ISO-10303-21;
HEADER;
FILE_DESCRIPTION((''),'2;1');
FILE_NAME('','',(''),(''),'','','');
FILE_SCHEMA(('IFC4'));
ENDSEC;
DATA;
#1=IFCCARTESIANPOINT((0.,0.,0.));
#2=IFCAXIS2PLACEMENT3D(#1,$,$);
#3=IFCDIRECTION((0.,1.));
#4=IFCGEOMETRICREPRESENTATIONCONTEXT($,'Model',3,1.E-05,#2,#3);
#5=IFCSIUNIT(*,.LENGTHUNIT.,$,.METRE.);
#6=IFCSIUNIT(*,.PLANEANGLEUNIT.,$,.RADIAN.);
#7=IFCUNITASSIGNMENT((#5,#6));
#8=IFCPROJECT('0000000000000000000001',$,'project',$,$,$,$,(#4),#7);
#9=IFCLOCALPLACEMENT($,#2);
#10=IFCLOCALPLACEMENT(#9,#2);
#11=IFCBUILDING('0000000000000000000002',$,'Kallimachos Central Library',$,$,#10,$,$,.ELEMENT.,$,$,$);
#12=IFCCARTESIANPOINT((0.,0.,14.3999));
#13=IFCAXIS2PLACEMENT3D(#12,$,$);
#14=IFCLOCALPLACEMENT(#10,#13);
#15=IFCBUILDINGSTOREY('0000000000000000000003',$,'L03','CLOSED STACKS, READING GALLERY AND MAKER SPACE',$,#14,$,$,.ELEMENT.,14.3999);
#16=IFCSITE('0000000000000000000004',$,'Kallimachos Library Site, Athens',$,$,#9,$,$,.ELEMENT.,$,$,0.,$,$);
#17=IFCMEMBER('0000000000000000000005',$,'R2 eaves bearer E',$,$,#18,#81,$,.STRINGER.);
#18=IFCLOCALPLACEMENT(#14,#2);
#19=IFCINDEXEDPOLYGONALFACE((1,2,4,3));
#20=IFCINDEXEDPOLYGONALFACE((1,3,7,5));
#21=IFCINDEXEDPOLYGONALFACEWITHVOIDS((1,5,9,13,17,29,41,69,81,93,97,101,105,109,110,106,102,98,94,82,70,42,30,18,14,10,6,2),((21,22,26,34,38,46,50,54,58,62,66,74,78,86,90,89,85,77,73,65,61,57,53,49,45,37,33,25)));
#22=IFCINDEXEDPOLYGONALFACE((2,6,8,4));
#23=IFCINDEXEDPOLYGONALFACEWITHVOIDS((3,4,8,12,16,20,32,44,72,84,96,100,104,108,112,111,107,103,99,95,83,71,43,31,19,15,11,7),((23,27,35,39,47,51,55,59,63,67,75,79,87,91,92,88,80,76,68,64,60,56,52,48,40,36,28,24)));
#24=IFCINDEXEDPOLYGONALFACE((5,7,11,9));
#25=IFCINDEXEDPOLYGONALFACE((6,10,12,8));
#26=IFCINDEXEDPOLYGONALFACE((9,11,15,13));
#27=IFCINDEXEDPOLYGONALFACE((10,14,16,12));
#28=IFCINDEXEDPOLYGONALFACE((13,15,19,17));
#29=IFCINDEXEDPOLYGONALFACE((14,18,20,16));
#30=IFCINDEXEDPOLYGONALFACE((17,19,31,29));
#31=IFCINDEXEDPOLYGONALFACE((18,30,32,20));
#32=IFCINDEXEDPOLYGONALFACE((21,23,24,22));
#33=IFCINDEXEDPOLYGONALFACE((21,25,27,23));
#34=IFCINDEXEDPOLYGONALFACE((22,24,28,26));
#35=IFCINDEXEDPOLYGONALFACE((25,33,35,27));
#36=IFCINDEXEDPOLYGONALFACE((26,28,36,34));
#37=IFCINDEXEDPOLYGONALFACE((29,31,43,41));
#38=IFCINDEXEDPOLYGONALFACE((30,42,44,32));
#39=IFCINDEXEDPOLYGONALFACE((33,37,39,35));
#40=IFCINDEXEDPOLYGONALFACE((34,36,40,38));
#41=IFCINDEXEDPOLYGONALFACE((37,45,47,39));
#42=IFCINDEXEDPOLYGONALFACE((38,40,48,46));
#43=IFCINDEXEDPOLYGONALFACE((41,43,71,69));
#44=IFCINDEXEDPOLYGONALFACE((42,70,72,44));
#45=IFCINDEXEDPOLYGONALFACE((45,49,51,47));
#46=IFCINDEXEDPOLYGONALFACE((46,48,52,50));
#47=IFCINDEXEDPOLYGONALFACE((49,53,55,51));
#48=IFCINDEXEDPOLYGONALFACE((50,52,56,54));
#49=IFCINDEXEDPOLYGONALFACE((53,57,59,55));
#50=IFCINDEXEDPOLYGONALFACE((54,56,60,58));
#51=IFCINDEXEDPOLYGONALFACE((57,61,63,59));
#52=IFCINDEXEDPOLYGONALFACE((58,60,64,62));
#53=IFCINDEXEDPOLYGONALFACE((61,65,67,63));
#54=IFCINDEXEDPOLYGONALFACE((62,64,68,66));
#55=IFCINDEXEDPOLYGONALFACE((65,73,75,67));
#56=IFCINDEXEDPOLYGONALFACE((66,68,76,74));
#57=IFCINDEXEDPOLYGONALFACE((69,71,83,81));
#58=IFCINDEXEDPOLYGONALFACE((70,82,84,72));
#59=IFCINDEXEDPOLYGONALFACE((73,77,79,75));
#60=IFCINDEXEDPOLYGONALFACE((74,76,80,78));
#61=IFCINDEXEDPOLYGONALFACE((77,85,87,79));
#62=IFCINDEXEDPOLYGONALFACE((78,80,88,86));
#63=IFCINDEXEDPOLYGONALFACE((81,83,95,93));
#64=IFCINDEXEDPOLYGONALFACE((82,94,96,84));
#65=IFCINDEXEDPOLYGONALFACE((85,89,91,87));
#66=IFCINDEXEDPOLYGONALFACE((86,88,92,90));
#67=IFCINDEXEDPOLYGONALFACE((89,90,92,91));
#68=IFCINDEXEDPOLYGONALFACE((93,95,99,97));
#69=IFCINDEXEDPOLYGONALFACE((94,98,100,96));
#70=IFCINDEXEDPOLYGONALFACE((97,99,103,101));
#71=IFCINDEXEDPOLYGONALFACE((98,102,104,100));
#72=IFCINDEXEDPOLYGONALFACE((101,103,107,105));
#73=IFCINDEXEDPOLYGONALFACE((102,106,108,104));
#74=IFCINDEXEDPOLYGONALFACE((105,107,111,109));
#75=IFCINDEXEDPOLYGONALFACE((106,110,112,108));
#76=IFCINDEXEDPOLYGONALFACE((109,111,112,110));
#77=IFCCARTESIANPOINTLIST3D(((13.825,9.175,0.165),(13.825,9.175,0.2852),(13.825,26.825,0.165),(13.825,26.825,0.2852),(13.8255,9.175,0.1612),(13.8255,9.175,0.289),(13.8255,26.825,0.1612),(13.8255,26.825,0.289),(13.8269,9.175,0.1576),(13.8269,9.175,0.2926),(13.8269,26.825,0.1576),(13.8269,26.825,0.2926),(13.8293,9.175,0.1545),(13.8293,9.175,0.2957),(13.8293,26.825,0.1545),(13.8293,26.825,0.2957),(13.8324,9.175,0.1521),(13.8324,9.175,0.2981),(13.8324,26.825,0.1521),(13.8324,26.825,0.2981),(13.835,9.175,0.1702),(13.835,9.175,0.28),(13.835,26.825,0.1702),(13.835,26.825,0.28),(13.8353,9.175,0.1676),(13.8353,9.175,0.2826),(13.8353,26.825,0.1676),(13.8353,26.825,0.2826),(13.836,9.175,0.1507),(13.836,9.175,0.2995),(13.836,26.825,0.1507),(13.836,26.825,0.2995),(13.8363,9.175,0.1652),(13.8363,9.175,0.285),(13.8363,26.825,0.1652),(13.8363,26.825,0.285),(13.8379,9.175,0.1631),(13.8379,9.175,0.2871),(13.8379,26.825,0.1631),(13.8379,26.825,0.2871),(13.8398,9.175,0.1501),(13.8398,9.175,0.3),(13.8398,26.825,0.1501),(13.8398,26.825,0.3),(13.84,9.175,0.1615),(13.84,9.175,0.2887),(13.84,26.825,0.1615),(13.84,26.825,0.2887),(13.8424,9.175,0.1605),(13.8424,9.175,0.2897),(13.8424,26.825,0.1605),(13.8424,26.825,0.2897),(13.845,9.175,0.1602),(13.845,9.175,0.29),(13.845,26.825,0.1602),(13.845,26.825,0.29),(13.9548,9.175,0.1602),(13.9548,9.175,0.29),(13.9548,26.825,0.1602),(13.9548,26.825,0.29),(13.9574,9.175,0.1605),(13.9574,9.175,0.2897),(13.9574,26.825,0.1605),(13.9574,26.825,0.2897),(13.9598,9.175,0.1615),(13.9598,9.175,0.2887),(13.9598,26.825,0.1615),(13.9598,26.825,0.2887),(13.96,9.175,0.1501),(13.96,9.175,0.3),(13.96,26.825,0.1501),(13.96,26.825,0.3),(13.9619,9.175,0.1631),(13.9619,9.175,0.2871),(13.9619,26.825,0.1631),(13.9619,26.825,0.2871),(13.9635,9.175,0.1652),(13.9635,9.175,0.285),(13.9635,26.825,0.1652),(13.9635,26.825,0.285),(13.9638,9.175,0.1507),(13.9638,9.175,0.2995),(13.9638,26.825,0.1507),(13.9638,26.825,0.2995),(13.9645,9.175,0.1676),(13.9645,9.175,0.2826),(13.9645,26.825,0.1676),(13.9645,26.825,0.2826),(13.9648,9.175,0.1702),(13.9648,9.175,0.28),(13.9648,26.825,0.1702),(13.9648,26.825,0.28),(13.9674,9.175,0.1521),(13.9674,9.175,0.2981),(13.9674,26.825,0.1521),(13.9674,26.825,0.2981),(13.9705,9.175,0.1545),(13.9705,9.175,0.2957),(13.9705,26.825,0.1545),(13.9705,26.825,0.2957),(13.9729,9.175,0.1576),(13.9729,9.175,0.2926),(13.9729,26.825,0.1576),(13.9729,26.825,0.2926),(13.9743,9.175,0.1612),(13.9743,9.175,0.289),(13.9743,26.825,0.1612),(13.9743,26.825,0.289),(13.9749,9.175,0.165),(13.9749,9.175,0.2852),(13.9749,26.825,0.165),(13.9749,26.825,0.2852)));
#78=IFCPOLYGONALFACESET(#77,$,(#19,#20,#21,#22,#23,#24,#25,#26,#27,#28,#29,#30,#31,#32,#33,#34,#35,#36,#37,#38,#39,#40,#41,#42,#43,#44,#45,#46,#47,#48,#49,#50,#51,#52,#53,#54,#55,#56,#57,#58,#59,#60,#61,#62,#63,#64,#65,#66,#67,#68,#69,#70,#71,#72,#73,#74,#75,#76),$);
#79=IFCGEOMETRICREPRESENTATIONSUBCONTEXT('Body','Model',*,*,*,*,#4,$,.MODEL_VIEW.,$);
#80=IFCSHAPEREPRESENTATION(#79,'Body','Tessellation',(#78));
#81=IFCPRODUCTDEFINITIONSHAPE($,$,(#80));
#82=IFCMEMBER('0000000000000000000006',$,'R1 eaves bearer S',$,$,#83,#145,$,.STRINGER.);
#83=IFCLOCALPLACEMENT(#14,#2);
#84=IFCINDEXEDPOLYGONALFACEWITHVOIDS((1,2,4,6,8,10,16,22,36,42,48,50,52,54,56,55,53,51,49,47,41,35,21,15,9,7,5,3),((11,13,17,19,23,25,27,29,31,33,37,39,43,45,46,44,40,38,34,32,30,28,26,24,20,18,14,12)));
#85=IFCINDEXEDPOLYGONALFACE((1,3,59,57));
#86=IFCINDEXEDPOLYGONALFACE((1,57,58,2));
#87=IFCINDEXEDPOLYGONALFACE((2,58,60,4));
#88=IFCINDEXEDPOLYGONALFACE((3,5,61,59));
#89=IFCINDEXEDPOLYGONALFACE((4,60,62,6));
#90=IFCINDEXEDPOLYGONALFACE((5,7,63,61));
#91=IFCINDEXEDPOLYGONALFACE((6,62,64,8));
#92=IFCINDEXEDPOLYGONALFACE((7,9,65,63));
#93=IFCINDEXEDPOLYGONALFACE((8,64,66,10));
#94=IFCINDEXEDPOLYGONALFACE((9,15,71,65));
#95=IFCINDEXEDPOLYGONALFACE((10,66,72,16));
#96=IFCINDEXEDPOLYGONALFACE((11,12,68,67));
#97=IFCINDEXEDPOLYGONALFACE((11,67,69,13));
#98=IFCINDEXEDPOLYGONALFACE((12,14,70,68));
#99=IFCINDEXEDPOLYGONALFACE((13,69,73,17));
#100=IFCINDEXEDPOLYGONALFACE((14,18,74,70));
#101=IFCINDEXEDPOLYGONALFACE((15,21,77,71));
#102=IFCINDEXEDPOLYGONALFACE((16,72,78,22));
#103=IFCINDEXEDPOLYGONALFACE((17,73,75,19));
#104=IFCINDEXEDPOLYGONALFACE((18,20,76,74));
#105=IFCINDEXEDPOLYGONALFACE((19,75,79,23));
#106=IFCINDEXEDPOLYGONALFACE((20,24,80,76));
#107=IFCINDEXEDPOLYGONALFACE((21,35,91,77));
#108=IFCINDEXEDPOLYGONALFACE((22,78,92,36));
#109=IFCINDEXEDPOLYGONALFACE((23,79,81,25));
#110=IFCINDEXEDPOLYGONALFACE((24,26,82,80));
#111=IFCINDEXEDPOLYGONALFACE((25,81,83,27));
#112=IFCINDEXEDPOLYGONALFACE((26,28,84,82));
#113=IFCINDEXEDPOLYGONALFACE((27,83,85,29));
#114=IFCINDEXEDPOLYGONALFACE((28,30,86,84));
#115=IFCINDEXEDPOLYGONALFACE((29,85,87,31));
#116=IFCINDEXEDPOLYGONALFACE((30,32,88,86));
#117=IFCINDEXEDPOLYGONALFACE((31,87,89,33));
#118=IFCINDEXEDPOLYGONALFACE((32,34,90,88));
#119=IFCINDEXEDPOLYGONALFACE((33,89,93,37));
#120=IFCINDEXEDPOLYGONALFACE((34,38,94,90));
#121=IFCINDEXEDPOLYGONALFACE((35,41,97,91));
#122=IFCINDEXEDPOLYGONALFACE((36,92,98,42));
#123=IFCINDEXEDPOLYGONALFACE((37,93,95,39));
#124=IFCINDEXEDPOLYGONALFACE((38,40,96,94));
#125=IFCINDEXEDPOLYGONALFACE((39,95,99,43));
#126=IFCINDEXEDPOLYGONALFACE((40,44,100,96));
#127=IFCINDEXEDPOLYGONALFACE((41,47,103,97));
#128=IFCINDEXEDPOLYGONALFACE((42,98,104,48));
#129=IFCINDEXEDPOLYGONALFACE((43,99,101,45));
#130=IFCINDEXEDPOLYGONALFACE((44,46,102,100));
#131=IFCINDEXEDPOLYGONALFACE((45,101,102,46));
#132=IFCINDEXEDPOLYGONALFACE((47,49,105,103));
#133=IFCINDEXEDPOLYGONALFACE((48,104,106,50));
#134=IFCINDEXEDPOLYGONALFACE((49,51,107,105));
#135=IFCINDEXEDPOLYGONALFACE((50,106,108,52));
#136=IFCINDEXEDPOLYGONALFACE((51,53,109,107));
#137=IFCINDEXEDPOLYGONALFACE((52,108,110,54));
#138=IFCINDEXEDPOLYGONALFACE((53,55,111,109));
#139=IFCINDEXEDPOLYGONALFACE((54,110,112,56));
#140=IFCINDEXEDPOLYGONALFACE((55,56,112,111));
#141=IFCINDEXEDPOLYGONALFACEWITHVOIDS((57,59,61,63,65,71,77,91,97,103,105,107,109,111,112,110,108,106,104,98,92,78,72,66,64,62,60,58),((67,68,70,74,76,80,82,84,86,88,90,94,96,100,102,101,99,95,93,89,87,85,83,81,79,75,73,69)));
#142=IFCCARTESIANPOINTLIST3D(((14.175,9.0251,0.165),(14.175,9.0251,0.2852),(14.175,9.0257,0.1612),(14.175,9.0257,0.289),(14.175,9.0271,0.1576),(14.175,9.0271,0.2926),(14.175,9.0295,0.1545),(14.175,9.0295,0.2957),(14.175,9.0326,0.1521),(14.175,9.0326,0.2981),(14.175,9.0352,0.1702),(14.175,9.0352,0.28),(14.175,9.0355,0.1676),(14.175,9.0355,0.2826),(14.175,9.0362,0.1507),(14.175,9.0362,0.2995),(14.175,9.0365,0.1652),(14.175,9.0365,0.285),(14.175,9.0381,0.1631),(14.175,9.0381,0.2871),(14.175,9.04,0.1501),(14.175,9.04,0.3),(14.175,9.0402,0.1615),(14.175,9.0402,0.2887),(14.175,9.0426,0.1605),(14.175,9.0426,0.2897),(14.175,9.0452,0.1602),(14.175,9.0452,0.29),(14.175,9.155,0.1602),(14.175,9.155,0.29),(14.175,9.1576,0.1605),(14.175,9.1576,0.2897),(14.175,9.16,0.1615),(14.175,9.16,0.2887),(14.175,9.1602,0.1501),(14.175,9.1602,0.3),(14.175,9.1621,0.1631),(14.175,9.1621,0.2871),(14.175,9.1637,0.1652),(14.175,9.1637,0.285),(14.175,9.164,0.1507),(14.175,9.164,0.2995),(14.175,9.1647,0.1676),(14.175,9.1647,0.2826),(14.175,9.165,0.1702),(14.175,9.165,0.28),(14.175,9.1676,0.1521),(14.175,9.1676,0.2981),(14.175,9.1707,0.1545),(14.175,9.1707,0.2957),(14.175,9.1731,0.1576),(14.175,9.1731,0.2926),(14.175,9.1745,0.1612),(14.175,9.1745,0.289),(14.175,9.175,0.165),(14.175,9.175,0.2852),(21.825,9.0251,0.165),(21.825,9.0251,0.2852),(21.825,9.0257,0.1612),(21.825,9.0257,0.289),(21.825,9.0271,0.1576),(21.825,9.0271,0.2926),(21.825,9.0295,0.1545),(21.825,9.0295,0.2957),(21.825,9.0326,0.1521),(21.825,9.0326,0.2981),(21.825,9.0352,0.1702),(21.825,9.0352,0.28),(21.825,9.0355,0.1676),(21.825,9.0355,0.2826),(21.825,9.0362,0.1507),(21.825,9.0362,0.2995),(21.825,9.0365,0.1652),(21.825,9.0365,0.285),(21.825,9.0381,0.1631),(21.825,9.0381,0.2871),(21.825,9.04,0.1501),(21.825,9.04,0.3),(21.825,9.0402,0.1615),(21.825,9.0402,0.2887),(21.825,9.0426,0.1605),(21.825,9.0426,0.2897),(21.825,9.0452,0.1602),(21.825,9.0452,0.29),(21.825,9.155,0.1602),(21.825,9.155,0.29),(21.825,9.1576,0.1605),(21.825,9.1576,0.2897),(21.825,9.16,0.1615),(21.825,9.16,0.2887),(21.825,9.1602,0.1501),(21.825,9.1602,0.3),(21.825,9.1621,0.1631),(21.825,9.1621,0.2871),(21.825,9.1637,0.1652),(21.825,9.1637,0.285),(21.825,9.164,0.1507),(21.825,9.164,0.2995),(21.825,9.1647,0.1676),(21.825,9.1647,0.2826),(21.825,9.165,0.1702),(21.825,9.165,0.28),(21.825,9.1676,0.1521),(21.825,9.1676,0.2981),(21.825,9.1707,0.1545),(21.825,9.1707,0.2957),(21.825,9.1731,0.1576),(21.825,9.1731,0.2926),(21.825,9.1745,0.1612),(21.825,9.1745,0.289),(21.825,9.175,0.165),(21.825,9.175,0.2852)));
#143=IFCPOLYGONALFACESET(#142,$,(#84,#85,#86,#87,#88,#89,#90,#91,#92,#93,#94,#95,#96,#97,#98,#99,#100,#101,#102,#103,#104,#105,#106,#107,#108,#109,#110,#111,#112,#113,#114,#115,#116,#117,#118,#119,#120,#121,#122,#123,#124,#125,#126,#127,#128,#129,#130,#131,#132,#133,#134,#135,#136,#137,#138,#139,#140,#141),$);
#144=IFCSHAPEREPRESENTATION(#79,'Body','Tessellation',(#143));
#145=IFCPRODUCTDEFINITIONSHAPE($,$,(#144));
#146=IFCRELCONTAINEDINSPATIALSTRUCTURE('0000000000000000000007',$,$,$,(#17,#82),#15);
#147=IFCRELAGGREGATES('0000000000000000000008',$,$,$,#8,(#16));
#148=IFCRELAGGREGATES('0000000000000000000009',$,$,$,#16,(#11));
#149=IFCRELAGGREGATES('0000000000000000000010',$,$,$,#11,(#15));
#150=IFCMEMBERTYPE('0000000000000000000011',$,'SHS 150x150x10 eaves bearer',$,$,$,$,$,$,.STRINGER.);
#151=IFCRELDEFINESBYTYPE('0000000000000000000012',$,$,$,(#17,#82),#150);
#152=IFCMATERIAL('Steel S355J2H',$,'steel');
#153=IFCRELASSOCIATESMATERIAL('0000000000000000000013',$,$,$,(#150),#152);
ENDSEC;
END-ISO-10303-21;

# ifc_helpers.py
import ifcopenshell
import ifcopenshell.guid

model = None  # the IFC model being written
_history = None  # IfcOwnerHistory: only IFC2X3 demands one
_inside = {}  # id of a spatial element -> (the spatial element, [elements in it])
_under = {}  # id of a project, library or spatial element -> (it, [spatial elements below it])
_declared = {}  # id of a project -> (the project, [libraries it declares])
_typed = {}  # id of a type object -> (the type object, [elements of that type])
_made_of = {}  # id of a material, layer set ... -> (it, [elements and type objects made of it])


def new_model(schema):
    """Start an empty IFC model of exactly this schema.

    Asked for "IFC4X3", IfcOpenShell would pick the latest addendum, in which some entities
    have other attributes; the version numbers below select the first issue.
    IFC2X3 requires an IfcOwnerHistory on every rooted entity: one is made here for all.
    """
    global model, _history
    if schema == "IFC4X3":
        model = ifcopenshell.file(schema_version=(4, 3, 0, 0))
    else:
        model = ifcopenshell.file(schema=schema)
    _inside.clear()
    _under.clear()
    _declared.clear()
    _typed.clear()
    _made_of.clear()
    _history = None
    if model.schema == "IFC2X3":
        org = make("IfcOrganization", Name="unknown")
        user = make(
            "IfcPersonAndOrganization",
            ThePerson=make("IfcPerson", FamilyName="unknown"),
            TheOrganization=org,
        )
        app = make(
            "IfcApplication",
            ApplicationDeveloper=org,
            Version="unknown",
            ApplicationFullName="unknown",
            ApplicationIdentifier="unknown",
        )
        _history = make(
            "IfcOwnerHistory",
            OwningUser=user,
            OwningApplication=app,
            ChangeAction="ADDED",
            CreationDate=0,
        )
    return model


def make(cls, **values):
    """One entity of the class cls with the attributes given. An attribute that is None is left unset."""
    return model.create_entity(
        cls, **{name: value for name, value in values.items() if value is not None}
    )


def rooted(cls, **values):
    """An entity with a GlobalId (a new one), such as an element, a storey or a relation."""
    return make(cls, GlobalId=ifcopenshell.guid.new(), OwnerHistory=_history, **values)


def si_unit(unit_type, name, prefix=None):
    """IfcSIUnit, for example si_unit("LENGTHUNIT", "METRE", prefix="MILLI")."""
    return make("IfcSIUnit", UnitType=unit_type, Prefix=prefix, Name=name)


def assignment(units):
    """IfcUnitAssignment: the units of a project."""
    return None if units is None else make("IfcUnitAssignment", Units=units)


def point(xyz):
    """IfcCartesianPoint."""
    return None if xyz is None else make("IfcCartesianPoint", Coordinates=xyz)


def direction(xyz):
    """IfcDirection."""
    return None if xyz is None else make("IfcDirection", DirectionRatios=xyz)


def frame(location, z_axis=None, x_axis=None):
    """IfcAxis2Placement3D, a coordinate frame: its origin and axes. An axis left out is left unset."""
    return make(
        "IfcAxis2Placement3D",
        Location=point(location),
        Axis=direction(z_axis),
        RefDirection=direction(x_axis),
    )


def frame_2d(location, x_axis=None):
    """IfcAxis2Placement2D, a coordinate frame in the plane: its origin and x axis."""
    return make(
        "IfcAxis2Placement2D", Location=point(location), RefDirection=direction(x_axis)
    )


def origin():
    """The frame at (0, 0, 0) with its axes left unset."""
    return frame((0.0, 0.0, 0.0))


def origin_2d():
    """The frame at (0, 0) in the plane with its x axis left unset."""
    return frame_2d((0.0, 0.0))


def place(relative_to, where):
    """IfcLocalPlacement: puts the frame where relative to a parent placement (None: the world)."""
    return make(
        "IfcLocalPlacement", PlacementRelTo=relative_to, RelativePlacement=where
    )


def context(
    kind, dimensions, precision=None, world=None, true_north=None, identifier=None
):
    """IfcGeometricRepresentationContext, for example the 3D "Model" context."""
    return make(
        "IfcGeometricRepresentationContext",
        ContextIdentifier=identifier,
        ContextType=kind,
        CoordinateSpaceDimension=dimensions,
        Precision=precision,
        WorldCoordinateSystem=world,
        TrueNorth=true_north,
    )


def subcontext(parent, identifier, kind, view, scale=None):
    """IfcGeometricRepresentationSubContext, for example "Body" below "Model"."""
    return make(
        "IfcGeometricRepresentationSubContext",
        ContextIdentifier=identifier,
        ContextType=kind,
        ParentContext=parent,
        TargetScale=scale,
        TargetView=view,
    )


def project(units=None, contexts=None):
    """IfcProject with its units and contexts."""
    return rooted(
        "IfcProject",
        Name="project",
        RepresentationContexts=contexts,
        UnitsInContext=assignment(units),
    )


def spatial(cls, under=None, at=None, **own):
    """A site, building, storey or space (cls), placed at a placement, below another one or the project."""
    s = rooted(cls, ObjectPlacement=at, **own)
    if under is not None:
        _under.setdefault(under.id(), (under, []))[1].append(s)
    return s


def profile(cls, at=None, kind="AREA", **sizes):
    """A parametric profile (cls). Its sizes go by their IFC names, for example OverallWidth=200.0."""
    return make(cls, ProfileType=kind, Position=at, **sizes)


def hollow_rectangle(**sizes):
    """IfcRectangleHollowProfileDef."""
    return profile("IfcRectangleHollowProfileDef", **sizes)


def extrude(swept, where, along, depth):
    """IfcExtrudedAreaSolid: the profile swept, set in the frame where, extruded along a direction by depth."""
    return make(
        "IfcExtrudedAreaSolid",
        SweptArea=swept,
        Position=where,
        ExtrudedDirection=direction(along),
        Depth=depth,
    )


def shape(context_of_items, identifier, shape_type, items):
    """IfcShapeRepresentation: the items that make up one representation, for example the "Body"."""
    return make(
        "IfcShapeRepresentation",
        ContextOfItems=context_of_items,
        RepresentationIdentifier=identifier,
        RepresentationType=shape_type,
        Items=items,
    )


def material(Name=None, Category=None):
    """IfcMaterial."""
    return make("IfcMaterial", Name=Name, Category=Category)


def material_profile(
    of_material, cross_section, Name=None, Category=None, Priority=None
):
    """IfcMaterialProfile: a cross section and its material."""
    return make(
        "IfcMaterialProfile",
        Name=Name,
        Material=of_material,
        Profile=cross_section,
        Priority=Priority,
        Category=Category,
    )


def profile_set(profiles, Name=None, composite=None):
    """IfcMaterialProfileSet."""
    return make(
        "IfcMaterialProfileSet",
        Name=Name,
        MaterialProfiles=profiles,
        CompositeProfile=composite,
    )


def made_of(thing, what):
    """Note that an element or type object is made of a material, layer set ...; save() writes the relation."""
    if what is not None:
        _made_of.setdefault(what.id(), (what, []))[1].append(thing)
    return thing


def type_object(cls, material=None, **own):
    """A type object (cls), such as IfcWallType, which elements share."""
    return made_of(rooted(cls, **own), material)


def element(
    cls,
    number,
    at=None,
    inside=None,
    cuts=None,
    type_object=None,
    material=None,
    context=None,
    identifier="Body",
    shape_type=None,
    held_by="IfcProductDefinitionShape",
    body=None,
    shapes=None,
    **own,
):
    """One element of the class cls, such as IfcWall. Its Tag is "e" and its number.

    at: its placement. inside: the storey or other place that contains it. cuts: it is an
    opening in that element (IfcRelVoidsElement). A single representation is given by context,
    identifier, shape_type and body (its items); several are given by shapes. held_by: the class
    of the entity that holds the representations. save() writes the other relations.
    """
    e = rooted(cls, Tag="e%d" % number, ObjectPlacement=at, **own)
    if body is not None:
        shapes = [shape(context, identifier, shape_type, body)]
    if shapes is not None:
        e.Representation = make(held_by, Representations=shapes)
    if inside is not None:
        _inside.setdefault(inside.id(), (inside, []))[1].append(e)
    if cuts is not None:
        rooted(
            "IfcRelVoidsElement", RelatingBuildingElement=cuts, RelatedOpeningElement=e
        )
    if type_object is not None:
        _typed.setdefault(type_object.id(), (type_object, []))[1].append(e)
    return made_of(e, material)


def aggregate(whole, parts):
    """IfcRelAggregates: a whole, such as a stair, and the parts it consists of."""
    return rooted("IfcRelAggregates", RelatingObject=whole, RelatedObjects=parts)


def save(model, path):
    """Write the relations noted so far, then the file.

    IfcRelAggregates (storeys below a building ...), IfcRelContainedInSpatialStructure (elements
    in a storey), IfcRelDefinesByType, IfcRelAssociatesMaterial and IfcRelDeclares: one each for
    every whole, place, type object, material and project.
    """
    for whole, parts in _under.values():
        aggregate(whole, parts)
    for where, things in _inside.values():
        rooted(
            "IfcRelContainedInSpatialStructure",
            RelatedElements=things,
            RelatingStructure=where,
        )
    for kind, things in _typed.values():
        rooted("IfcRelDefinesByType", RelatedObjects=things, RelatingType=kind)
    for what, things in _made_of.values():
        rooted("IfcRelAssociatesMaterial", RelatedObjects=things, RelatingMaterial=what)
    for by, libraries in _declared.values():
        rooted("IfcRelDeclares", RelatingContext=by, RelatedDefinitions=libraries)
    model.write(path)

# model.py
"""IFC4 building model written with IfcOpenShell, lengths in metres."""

from ifc_helpers import new_model, si_unit, direction, frame, origin, origin_2d, place, context, subcontext, project, spatial, hollow_rectangle, extrude, material, material_profile, profile_set, type_object, element, save


model = new_model("IFC4")

# Units and contexts
model_context = context("Model", 3, precision=1e-05, world=origin(), true_north=direction((0.0, 1.0)))
body_context = subcontext(model_context, "Body", "Model", "MODEL_VIEW")
ifc_project = project(units=[si_unit("LENGTHUNIT", "METRE"), si_unit("PLANEANGLEUNIT", "RADIAN")], contexts=[model_context])

# Site, building, storey
site_placement = place(None, origin())
site = spatial("IfcSite", under=ifc_project, at=site_placement, Name="Kallimachos Library Site, Athens", CompositionType="ELEMENT", RefElevation=0.0)
building_placement = place(site_placement, origin())
building = spatial("IfcBuilding", under=site, at=building_placement, Name="Kallimachos Central Library", CompositionType="ELEMENT")
storey_placement = place(building_placement, frame((0.0, 0.0, 14.3999)))
storey = spatial("IfcBuildingStorey", under=building, at=storey_placement, Name="L03", Description="CLOSED STACKS, READING GALLERY AND MAKER SPACE", CompositionType="ELEMENT", Elevation=14.3999)

# Members
ifc_material_1 = material(Name="Steel S355J2H", Category="steel")
ifc_material_profile_1 = material_profile(ifc_material_1, hollow_rectangle(XDim=0.1499, YDim=0.1499, WallThickness=0.01, InnerFilletRadius=0.01, OuterFilletRadius=0.0149, at=origin_2d()), Name="SHS 150x150x10")
ifc_profile_set_1 = profile_set([ifc_material_profile_1], Name="Steel S355J2H")
member_type_1 = type_object("IfcMemberType", Name="SHS 150x150x10 eaves bearer", PredefinedType="STRINGER", material=ifc_profile_set_1)
for number, where, z_axis, x_axis, name in (
    (1, (13.8999, 9.175, 0.2251), (0.0, 1.0, 0.0), (-1.0, 0.0, 0.0), "R2 eaves bearer E"),
):
    element("IfcMember", number, at=place(storey_placement, frame(where, z_axis=z_axis, x_axis=x_axis)), inside=storey, type_object=member_type_1, Name=name, PredefinedType="STRINGER", context=body_context, shape_type="SweptSolid", body=[
        extrude(hollow_rectangle(XDim=0.1499, YDim=0.1499, WallThickness=0.01, InnerFilletRadius=0.01, OuterFilletRadius=0.0149, at=origin_2d()), origin(), (0.0, 0.0, 1.0), 17.6499),
    ])
member_1_placement = place(storey_placement, frame((14.175, 9.1001, 0.2251), z_axis=(1.0, 0.0, 0.0), x_axis=(0.0, 1.0, 0.0)))
element("IfcMember", 2, at=member_1_placement, inside=storey, type_object=member_type_1, Name="R1 eaves bearer S", PredefinedType="STRINGER", context=body_context, shape_type="SweptSolid", body=[
    extrude(hollow_rectangle(XDim=0.1499, YDim=0.1499, WallThickness=0.01, InnerFilletRadius=0.01, OuterFilletRadius=0.0149, at=origin_2d()), origin(), (0.0, 0.0, 1.0), 7.6499),
])

save(model, "model.ifc")
